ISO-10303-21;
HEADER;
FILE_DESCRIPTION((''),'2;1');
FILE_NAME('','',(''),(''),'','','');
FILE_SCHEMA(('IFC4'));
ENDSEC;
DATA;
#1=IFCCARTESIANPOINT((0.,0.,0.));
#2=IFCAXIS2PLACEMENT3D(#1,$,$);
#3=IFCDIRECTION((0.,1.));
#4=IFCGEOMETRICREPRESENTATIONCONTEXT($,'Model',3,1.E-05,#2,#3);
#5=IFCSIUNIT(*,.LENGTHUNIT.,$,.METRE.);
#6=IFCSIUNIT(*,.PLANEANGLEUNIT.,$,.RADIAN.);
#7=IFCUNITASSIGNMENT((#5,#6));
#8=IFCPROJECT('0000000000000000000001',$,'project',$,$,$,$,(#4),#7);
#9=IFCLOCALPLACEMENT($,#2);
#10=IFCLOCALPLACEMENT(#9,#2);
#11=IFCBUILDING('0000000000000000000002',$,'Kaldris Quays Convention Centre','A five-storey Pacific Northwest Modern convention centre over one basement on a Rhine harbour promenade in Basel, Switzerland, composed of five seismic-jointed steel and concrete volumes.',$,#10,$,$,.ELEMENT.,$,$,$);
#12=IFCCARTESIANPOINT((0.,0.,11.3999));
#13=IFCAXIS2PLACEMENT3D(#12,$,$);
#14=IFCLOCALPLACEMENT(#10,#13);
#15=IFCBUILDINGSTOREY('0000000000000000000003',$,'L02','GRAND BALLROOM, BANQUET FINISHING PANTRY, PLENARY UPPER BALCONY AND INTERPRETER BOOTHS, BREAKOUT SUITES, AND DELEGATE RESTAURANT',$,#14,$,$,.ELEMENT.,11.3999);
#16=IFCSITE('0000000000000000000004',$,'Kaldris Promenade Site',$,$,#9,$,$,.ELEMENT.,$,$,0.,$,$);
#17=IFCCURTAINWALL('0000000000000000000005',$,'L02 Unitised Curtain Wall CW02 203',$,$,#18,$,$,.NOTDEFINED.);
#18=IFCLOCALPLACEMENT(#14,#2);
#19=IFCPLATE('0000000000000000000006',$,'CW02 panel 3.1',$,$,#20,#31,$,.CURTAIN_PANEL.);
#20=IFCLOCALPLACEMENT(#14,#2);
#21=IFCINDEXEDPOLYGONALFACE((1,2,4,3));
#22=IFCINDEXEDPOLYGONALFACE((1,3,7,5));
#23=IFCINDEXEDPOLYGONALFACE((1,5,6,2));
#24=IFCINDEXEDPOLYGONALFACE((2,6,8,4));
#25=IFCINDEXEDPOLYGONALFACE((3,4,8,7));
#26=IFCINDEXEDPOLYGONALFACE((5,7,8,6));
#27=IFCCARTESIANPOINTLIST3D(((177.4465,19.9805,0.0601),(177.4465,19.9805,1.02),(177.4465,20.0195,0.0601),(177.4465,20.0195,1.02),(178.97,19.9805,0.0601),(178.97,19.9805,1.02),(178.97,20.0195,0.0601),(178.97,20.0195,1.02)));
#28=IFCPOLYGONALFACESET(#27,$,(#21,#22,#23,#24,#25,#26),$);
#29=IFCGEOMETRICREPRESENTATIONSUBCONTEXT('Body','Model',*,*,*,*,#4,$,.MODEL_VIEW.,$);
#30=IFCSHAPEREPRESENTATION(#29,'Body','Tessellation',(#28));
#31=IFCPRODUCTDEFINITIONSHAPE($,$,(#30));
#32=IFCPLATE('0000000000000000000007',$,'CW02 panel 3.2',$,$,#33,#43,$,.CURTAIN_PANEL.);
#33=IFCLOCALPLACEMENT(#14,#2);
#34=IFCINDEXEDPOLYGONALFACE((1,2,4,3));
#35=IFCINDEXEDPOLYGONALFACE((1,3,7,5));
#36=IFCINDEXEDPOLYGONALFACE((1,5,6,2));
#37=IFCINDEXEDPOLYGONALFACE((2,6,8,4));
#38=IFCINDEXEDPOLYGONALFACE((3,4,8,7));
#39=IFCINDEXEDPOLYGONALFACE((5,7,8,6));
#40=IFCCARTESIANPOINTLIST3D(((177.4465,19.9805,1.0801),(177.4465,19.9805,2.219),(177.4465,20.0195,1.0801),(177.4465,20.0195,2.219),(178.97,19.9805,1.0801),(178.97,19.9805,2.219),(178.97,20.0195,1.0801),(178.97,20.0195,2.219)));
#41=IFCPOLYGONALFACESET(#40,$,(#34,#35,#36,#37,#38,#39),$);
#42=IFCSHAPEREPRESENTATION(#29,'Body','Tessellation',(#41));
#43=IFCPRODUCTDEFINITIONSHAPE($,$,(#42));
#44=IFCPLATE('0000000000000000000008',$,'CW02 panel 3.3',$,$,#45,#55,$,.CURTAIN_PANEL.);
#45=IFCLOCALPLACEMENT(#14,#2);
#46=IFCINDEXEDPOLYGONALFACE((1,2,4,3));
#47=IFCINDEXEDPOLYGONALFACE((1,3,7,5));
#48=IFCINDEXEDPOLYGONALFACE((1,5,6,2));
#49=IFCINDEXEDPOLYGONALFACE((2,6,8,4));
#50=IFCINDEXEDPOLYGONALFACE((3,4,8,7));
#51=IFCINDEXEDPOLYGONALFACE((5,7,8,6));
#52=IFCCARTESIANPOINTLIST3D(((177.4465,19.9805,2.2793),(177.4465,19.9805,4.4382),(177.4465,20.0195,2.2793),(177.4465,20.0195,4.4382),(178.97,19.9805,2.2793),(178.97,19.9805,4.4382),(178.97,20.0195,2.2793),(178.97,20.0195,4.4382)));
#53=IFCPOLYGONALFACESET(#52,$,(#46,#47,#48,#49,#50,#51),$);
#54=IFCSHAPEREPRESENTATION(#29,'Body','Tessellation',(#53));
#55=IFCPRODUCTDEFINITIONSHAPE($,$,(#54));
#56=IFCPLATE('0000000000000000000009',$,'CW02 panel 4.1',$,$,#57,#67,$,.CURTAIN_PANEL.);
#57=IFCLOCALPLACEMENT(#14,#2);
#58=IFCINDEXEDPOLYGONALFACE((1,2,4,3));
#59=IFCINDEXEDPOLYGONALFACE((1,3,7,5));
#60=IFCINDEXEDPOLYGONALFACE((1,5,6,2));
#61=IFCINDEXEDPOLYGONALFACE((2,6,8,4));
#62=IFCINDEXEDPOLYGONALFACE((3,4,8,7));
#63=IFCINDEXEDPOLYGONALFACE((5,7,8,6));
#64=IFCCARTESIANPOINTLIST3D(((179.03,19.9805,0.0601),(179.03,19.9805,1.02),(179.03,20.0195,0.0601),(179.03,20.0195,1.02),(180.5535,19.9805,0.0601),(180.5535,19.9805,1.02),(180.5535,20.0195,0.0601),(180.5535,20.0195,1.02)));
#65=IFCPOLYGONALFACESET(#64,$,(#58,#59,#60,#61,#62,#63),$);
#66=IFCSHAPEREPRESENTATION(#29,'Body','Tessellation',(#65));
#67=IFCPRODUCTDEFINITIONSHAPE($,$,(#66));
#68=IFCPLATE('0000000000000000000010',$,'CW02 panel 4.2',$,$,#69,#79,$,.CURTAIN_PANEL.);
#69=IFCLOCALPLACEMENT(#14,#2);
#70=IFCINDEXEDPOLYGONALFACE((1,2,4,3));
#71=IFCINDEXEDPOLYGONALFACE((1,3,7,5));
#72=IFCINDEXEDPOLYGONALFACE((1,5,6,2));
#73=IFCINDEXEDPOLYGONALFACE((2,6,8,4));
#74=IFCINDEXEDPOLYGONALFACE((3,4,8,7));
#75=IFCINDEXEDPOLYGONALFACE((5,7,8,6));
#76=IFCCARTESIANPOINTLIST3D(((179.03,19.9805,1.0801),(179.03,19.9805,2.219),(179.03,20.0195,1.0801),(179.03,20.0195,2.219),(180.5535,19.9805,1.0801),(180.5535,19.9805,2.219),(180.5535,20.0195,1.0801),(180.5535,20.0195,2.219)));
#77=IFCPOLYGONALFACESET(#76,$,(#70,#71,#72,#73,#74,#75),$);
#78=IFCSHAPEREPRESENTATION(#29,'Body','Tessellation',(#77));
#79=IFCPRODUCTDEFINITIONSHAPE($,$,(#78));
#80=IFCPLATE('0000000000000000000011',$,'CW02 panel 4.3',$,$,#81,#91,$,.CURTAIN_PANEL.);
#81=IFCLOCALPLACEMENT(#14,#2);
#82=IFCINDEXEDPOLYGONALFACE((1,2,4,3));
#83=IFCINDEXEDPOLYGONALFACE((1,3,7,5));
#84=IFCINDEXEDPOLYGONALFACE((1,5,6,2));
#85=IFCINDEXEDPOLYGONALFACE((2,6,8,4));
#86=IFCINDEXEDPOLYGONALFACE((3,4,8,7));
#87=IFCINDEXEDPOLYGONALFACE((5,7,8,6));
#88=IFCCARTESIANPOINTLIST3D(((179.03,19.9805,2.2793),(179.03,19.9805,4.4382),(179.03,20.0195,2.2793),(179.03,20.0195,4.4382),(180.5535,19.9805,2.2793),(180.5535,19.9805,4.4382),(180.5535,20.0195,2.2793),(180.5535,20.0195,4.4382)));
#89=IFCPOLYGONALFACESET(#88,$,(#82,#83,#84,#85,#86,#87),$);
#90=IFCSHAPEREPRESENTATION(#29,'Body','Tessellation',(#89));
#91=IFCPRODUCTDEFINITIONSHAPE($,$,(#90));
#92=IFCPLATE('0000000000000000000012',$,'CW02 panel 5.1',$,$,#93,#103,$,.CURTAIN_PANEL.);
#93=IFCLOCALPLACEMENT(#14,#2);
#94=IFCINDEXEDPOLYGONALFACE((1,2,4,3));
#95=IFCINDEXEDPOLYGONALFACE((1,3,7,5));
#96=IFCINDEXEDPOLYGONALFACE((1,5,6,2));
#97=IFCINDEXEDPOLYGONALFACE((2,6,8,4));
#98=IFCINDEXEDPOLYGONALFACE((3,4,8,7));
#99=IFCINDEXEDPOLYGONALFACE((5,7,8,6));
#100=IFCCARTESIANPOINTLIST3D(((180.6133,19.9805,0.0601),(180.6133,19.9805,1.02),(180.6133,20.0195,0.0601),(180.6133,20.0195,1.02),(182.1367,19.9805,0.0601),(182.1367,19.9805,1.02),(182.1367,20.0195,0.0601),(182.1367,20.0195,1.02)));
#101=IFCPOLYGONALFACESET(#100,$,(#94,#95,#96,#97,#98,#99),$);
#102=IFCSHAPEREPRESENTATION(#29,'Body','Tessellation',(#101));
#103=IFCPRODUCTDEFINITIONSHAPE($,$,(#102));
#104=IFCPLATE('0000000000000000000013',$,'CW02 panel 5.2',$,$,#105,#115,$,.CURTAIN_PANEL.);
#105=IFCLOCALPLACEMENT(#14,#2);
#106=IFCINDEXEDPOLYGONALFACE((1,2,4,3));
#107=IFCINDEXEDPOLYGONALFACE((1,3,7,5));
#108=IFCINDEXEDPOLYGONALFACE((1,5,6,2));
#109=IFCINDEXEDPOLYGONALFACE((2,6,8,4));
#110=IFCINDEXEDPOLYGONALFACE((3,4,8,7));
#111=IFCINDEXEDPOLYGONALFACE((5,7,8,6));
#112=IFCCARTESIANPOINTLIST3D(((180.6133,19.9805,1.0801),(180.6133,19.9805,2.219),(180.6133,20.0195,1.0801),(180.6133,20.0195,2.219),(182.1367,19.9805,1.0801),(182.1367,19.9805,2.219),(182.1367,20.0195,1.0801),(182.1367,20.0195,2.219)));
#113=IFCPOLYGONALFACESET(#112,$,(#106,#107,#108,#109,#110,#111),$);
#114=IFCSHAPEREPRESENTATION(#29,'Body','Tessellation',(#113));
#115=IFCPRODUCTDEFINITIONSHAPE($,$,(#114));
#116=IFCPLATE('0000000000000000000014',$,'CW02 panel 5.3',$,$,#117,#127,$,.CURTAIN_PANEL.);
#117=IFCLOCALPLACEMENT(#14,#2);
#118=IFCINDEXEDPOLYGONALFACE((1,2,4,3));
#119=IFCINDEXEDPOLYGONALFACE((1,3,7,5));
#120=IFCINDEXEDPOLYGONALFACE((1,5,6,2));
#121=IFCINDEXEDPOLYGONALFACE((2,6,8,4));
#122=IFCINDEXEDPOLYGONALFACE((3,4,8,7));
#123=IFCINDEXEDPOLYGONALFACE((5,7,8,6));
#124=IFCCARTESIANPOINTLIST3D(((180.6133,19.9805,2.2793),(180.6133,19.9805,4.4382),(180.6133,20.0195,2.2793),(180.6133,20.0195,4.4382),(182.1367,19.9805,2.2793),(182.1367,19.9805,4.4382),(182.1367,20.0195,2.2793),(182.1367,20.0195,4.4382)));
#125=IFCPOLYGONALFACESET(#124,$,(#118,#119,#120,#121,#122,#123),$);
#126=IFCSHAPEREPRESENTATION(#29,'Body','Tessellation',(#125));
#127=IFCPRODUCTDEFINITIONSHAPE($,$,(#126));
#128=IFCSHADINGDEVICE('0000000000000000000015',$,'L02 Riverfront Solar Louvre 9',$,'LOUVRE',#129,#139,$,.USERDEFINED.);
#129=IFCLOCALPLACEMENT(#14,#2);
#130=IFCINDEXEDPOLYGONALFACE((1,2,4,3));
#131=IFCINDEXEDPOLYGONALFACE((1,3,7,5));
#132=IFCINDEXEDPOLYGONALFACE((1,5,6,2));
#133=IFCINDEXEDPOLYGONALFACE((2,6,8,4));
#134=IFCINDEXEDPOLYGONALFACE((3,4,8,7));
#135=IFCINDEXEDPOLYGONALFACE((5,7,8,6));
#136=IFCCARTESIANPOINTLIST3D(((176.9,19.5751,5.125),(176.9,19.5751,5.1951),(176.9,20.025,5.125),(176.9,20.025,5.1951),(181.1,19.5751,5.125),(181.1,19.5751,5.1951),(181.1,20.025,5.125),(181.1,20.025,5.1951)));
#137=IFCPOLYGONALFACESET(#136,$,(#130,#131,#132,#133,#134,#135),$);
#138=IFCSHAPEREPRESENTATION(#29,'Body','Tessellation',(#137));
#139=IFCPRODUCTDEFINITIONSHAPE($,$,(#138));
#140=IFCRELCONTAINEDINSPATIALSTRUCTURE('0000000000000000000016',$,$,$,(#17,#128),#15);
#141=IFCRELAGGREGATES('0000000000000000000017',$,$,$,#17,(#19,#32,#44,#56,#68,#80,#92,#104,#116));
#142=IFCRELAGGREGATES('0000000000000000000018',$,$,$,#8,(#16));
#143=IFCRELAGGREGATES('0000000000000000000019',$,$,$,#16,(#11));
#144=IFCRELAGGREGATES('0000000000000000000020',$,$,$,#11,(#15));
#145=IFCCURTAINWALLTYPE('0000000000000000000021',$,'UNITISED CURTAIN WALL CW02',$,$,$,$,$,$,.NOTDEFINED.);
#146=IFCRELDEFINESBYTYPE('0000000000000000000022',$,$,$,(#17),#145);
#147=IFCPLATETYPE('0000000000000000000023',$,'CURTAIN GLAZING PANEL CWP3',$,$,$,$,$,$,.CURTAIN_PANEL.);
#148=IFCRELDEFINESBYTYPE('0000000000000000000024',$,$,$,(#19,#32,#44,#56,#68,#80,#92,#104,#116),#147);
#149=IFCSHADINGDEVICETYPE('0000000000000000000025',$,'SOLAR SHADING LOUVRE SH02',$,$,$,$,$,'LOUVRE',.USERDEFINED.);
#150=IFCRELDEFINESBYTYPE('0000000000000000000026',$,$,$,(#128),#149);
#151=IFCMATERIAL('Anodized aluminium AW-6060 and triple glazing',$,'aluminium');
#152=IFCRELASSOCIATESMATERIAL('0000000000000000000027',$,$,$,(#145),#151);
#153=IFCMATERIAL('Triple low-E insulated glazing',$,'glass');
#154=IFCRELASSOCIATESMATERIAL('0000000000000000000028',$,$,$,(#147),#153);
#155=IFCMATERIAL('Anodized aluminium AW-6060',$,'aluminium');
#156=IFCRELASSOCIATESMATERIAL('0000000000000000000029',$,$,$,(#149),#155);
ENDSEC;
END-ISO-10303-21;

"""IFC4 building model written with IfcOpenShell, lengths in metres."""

from ifc_helpers import new_model, si_unit, direction, frame, origin, origin_2d, place, context, subcontext, project, spatial, rectangle, extrude, material, type_object, element, aggregate, save


model = new_model("IFC4")

# Units and contexts
model_context = context("Model", 3, precision=1e-05, world=origin(), true_north=direction((0.0, 1.0)))
body_context = subcontext(model_context, "Body", "Model", "MODEL_VIEW")
ifc_project = project(units=[si_unit("LENGTHUNIT", "METRE"), si_unit("PLANEANGLEUNIT", "RADIAN")], contexts=[model_context])

# Site, building, storey
site_placement = place(None, origin())
site = spatial("IfcSite", under=ifc_project, at=site_placement, Name="Kaldris Promenade Site", CompositionType="ELEMENT", RefElevation=0.0)
building_placement = place(site_placement, origin())
building = spatial("IfcBuilding", under=site, at=building_placement, Name="Kaldris Quays Convention Centre", Description="A five-storey Pacific Northwest Modern convention centre over one basement on a Rhine harbour promenade in Basel, Switzerland, composed of five seismic-jointed steel and concrete volumes.", CompositionType="ELEMENT")
storey_placement = place(building_placement, frame((0.0, 0.0, 11.3999)))
storey = spatial("IfcBuildingStorey", under=building, at=storey_placement, Name="L02", Description="GRAND BALLROOM, BANQUET FINISHING PANTRY, PLENARY UPPER BALCONY AND INTERPRETER BOOTHS, BREAKOUT SUITES, AND DELEGATE RESTAURANT", CompositionType="ELEMENT", Elevation=11.3999)

# Curtain wall, plates
ifc_material_1 = material(Name="Anodized aluminium AW-6060 and triple glazing", Category="aluminium")
curtain_wall_type = type_object("IfcCurtainWallType", Name="UNITISED CURTAIN WALL CW02", PredefinedType="NOTDEFINED", material=ifc_material_1)
curtain_wall_placement = place(storey_placement, origin())
curtain_wall = element("IfcCurtainWall", 1, at=curtain_wall_placement, inside=storey, type_object=curtain_wall_type, Name="L02 Unitised Curtain Wall CW02 203", PredefinedType="NOTDEFINED")
ifc_material_2 = material(Name="Anodized aluminium AW-6060", Category="aluminium")
ifc_material_3 = material(Name="Triple low-E insulated glazing", Category="glass")
plate_type = type_object("IfcPlateType", Name="CURTAIN GLAZING PANEL CWP3", PredefinedType="CURTAIN_PANEL", material=ifc_material_3)
plate_1_placement = place(storey_placement, frame((178.2083, 20.0, 0.0601), z_axis=(0.0, 0.0, 1.0), x_axis=(1.0, 0.0, 0.0)))
plate_1 = element("IfcPlate", 2, at=plate_1_placement, type_object=plate_type, Name="CW02 panel 3.1", PredefinedType="CURTAIN_PANEL", context=body_context, shape_type="SweptSolid", body=[
    extrude(rectangle(XDim=1.5234, YDim=0.0391, at=origin_2d()), origin(), (0.0, 0.0, 1.0), 0.96),
])
plate_2_placement = place(storey_placement, frame((178.2083, 20.0, 1.0801), z_axis=(0.0, 0.0, 1.0), x_axis=(1.0, 0.0, 0.0)))
plate_2 = element("IfcPlate", 3, at=plate_2_placement, type_object=plate_type, Name="CW02 panel 3.2", PredefinedType="CURTAIN_PANEL", context=body_context, shape_type="SweptSolid", body=[
    extrude(rectangle(XDim=1.5234, YDim=0.0391, at=origin_2d()), origin(), (0.0, 0.0, 1.0), 1.1389),
])
plate_3_placement = place(storey_placement, frame((178.2083, 20.0, 2.2793), z_axis=(0.0, 0.0, 1.0), x_axis=(1.0, 0.0, 0.0)))
plate_3 = element("IfcPlate", 4, at=plate_3_placement, type_object=plate_type, Name="CW02 panel 3.3", PredefinedType="CURTAIN_PANEL", context=body_context, shape_type="SweptSolid", body=[
    extrude(rectangle(XDim=1.5234, YDim=0.0391, at=origin_2d()), origin(), (0.0, 0.0, 1.0), 2.1589),
])
plate_4_placement = place(storey_placement, frame((179.7917, 20.0, 0.0601), z_axis=(0.0, 0.0, 1.0), x_axis=(1.0, 0.0, 0.0)))
plate_4 = element("IfcPlate", 5, at=plate_4_placement, type_object=plate_type, Name="CW02 panel 4.1", PredefinedType="CURTAIN_PANEL", context=body_context, shape_type="SweptSolid", body=[
    extrude(rectangle(XDim=1.5234, YDim=0.0391, at=origin_2d()), origin(), (0.0, 0.0, 1.0), 0.96),
])
plate_5_placement = place(storey_placement, frame((179.7917, 20.0, 1.0801), z_axis=(0.0, 0.0, 1.0), x_axis=(1.0, 0.0, 0.0)))
plate_5 = element("IfcPlate", 6, at=plate_5_placement, type_object=plate_type, Name="CW02 panel 4.2", PredefinedType="CURTAIN_PANEL", context=body_context, shape_type="SweptSolid", body=[
    extrude(rectangle(XDim=1.5234, YDim=0.0391, at=origin_2d()), origin(), (0.0, 0.0, 1.0), 1.1389),
])
plate_6_placement = place(storey_placement, frame((179.7917, 20.0, 2.2793), z_axis=(0.0, 0.0, 1.0), x_axis=(1.0, 0.0, 0.0)))
plate_6 = element("IfcPlate", 7, at=plate_6_placement, type_object=plate_type, Name="CW02 panel 4.3", PredefinedType="CURTAIN_PANEL", context=body_context, shape_type="SweptSolid", body=[
    extrude(rectangle(XDim=1.5234, YDim=0.0391, at=origin_2d()), origin(), (0.0, 0.0, 1.0), 2.1589),
])
plate_7_placement = place(storey_placement, frame((181.375, 20.0, 0.0601), z_axis=(0.0, 0.0, 1.0), x_axis=(1.0, 0.0, 0.0)))
plate_7 = element("IfcPlate", 8, at=plate_7_placement, type_object=plate_type, Name="CW02 panel 5.1", PredefinedType="CURTAIN_PANEL", context=body_context, shape_type="SweptSolid", body=[
    extrude(rectangle(XDim=1.5234, YDim=0.0391, at=origin_2d()), origin(), (0.0, 0.0, 1.0), 0.96),
])
plate_8_placement = place(storey_placement, frame((181.375, 20.0, 1.0801), z_axis=(0.0, 0.0, 1.0), x_axis=(1.0, 0.0, 0.0)))
plate_8 = element("IfcPlate", 9, at=plate_8_placement, type_object=plate_type, Name="CW02 panel 5.2", PredefinedType="CURTAIN_PANEL", context=body_context, shape_type="SweptSolid", body=[
    extrude(rectangle(XDim=1.5234, YDim=0.0391, at=origin_2d()), origin(), (0.0, 0.0, 1.0), 1.1389),
])
plate_9_placement = place(storey_placement, frame((181.375, 20.0, 2.2793), z_axis=(0.0, 0.0, 1.0), x_axis=(1.0, 0.0, 0.0)))
plate_9 = element("IfcPlate", 10, at=plate_9_placement, type_object=plate_type, Name="CW02 panel 5.3", PredefinedType="CURTAIN_PANEL", context=body_context, shape_type="SweptSolid", body=[
    extrude(rectangle(XDim=1.5234, YDim=0.0391, at=origin_2d()), origin(), (0.0, 0.0, 1.0), 2.1589),
])
aggregate(curtain_wall, [plate_1, plate_2, plate_3, plate_4, plate_5, plate_6, plate_7, plate_8, plate_9])

# Shading device
shading_device_type = type_object("IfcShadingDeviceType", Name="SOLAR SHADING LOUVRE SH02", ElementType="LOUVRE", PredefinedType="USERDEFINED", material=ifc_material_2)
shading_device_placement = place(storey_placement, frame((179.0, 19.8, 5.125), z_axis=(0.0, 0.0, 1.0), x_axis=(1.0, 0.0, 0.0)))
element("IfcShadingDevice", 11, at=shading_device_placement, inside=storey, type_object=shading_device_type, Name="L02 Riverfront Solar Louvre 9", ObjectType="LOUVRE", PredefinedType="USERDEFINED", context=body_context, shape_type="SweptSolid", body=[
    extrude(rectangle(XDim=4.2, YDim=0.45, at=origin_2d()), origin(), (0.0, 0.0, 1.0), 0.0701),
])

save(model, "model.ifc")
